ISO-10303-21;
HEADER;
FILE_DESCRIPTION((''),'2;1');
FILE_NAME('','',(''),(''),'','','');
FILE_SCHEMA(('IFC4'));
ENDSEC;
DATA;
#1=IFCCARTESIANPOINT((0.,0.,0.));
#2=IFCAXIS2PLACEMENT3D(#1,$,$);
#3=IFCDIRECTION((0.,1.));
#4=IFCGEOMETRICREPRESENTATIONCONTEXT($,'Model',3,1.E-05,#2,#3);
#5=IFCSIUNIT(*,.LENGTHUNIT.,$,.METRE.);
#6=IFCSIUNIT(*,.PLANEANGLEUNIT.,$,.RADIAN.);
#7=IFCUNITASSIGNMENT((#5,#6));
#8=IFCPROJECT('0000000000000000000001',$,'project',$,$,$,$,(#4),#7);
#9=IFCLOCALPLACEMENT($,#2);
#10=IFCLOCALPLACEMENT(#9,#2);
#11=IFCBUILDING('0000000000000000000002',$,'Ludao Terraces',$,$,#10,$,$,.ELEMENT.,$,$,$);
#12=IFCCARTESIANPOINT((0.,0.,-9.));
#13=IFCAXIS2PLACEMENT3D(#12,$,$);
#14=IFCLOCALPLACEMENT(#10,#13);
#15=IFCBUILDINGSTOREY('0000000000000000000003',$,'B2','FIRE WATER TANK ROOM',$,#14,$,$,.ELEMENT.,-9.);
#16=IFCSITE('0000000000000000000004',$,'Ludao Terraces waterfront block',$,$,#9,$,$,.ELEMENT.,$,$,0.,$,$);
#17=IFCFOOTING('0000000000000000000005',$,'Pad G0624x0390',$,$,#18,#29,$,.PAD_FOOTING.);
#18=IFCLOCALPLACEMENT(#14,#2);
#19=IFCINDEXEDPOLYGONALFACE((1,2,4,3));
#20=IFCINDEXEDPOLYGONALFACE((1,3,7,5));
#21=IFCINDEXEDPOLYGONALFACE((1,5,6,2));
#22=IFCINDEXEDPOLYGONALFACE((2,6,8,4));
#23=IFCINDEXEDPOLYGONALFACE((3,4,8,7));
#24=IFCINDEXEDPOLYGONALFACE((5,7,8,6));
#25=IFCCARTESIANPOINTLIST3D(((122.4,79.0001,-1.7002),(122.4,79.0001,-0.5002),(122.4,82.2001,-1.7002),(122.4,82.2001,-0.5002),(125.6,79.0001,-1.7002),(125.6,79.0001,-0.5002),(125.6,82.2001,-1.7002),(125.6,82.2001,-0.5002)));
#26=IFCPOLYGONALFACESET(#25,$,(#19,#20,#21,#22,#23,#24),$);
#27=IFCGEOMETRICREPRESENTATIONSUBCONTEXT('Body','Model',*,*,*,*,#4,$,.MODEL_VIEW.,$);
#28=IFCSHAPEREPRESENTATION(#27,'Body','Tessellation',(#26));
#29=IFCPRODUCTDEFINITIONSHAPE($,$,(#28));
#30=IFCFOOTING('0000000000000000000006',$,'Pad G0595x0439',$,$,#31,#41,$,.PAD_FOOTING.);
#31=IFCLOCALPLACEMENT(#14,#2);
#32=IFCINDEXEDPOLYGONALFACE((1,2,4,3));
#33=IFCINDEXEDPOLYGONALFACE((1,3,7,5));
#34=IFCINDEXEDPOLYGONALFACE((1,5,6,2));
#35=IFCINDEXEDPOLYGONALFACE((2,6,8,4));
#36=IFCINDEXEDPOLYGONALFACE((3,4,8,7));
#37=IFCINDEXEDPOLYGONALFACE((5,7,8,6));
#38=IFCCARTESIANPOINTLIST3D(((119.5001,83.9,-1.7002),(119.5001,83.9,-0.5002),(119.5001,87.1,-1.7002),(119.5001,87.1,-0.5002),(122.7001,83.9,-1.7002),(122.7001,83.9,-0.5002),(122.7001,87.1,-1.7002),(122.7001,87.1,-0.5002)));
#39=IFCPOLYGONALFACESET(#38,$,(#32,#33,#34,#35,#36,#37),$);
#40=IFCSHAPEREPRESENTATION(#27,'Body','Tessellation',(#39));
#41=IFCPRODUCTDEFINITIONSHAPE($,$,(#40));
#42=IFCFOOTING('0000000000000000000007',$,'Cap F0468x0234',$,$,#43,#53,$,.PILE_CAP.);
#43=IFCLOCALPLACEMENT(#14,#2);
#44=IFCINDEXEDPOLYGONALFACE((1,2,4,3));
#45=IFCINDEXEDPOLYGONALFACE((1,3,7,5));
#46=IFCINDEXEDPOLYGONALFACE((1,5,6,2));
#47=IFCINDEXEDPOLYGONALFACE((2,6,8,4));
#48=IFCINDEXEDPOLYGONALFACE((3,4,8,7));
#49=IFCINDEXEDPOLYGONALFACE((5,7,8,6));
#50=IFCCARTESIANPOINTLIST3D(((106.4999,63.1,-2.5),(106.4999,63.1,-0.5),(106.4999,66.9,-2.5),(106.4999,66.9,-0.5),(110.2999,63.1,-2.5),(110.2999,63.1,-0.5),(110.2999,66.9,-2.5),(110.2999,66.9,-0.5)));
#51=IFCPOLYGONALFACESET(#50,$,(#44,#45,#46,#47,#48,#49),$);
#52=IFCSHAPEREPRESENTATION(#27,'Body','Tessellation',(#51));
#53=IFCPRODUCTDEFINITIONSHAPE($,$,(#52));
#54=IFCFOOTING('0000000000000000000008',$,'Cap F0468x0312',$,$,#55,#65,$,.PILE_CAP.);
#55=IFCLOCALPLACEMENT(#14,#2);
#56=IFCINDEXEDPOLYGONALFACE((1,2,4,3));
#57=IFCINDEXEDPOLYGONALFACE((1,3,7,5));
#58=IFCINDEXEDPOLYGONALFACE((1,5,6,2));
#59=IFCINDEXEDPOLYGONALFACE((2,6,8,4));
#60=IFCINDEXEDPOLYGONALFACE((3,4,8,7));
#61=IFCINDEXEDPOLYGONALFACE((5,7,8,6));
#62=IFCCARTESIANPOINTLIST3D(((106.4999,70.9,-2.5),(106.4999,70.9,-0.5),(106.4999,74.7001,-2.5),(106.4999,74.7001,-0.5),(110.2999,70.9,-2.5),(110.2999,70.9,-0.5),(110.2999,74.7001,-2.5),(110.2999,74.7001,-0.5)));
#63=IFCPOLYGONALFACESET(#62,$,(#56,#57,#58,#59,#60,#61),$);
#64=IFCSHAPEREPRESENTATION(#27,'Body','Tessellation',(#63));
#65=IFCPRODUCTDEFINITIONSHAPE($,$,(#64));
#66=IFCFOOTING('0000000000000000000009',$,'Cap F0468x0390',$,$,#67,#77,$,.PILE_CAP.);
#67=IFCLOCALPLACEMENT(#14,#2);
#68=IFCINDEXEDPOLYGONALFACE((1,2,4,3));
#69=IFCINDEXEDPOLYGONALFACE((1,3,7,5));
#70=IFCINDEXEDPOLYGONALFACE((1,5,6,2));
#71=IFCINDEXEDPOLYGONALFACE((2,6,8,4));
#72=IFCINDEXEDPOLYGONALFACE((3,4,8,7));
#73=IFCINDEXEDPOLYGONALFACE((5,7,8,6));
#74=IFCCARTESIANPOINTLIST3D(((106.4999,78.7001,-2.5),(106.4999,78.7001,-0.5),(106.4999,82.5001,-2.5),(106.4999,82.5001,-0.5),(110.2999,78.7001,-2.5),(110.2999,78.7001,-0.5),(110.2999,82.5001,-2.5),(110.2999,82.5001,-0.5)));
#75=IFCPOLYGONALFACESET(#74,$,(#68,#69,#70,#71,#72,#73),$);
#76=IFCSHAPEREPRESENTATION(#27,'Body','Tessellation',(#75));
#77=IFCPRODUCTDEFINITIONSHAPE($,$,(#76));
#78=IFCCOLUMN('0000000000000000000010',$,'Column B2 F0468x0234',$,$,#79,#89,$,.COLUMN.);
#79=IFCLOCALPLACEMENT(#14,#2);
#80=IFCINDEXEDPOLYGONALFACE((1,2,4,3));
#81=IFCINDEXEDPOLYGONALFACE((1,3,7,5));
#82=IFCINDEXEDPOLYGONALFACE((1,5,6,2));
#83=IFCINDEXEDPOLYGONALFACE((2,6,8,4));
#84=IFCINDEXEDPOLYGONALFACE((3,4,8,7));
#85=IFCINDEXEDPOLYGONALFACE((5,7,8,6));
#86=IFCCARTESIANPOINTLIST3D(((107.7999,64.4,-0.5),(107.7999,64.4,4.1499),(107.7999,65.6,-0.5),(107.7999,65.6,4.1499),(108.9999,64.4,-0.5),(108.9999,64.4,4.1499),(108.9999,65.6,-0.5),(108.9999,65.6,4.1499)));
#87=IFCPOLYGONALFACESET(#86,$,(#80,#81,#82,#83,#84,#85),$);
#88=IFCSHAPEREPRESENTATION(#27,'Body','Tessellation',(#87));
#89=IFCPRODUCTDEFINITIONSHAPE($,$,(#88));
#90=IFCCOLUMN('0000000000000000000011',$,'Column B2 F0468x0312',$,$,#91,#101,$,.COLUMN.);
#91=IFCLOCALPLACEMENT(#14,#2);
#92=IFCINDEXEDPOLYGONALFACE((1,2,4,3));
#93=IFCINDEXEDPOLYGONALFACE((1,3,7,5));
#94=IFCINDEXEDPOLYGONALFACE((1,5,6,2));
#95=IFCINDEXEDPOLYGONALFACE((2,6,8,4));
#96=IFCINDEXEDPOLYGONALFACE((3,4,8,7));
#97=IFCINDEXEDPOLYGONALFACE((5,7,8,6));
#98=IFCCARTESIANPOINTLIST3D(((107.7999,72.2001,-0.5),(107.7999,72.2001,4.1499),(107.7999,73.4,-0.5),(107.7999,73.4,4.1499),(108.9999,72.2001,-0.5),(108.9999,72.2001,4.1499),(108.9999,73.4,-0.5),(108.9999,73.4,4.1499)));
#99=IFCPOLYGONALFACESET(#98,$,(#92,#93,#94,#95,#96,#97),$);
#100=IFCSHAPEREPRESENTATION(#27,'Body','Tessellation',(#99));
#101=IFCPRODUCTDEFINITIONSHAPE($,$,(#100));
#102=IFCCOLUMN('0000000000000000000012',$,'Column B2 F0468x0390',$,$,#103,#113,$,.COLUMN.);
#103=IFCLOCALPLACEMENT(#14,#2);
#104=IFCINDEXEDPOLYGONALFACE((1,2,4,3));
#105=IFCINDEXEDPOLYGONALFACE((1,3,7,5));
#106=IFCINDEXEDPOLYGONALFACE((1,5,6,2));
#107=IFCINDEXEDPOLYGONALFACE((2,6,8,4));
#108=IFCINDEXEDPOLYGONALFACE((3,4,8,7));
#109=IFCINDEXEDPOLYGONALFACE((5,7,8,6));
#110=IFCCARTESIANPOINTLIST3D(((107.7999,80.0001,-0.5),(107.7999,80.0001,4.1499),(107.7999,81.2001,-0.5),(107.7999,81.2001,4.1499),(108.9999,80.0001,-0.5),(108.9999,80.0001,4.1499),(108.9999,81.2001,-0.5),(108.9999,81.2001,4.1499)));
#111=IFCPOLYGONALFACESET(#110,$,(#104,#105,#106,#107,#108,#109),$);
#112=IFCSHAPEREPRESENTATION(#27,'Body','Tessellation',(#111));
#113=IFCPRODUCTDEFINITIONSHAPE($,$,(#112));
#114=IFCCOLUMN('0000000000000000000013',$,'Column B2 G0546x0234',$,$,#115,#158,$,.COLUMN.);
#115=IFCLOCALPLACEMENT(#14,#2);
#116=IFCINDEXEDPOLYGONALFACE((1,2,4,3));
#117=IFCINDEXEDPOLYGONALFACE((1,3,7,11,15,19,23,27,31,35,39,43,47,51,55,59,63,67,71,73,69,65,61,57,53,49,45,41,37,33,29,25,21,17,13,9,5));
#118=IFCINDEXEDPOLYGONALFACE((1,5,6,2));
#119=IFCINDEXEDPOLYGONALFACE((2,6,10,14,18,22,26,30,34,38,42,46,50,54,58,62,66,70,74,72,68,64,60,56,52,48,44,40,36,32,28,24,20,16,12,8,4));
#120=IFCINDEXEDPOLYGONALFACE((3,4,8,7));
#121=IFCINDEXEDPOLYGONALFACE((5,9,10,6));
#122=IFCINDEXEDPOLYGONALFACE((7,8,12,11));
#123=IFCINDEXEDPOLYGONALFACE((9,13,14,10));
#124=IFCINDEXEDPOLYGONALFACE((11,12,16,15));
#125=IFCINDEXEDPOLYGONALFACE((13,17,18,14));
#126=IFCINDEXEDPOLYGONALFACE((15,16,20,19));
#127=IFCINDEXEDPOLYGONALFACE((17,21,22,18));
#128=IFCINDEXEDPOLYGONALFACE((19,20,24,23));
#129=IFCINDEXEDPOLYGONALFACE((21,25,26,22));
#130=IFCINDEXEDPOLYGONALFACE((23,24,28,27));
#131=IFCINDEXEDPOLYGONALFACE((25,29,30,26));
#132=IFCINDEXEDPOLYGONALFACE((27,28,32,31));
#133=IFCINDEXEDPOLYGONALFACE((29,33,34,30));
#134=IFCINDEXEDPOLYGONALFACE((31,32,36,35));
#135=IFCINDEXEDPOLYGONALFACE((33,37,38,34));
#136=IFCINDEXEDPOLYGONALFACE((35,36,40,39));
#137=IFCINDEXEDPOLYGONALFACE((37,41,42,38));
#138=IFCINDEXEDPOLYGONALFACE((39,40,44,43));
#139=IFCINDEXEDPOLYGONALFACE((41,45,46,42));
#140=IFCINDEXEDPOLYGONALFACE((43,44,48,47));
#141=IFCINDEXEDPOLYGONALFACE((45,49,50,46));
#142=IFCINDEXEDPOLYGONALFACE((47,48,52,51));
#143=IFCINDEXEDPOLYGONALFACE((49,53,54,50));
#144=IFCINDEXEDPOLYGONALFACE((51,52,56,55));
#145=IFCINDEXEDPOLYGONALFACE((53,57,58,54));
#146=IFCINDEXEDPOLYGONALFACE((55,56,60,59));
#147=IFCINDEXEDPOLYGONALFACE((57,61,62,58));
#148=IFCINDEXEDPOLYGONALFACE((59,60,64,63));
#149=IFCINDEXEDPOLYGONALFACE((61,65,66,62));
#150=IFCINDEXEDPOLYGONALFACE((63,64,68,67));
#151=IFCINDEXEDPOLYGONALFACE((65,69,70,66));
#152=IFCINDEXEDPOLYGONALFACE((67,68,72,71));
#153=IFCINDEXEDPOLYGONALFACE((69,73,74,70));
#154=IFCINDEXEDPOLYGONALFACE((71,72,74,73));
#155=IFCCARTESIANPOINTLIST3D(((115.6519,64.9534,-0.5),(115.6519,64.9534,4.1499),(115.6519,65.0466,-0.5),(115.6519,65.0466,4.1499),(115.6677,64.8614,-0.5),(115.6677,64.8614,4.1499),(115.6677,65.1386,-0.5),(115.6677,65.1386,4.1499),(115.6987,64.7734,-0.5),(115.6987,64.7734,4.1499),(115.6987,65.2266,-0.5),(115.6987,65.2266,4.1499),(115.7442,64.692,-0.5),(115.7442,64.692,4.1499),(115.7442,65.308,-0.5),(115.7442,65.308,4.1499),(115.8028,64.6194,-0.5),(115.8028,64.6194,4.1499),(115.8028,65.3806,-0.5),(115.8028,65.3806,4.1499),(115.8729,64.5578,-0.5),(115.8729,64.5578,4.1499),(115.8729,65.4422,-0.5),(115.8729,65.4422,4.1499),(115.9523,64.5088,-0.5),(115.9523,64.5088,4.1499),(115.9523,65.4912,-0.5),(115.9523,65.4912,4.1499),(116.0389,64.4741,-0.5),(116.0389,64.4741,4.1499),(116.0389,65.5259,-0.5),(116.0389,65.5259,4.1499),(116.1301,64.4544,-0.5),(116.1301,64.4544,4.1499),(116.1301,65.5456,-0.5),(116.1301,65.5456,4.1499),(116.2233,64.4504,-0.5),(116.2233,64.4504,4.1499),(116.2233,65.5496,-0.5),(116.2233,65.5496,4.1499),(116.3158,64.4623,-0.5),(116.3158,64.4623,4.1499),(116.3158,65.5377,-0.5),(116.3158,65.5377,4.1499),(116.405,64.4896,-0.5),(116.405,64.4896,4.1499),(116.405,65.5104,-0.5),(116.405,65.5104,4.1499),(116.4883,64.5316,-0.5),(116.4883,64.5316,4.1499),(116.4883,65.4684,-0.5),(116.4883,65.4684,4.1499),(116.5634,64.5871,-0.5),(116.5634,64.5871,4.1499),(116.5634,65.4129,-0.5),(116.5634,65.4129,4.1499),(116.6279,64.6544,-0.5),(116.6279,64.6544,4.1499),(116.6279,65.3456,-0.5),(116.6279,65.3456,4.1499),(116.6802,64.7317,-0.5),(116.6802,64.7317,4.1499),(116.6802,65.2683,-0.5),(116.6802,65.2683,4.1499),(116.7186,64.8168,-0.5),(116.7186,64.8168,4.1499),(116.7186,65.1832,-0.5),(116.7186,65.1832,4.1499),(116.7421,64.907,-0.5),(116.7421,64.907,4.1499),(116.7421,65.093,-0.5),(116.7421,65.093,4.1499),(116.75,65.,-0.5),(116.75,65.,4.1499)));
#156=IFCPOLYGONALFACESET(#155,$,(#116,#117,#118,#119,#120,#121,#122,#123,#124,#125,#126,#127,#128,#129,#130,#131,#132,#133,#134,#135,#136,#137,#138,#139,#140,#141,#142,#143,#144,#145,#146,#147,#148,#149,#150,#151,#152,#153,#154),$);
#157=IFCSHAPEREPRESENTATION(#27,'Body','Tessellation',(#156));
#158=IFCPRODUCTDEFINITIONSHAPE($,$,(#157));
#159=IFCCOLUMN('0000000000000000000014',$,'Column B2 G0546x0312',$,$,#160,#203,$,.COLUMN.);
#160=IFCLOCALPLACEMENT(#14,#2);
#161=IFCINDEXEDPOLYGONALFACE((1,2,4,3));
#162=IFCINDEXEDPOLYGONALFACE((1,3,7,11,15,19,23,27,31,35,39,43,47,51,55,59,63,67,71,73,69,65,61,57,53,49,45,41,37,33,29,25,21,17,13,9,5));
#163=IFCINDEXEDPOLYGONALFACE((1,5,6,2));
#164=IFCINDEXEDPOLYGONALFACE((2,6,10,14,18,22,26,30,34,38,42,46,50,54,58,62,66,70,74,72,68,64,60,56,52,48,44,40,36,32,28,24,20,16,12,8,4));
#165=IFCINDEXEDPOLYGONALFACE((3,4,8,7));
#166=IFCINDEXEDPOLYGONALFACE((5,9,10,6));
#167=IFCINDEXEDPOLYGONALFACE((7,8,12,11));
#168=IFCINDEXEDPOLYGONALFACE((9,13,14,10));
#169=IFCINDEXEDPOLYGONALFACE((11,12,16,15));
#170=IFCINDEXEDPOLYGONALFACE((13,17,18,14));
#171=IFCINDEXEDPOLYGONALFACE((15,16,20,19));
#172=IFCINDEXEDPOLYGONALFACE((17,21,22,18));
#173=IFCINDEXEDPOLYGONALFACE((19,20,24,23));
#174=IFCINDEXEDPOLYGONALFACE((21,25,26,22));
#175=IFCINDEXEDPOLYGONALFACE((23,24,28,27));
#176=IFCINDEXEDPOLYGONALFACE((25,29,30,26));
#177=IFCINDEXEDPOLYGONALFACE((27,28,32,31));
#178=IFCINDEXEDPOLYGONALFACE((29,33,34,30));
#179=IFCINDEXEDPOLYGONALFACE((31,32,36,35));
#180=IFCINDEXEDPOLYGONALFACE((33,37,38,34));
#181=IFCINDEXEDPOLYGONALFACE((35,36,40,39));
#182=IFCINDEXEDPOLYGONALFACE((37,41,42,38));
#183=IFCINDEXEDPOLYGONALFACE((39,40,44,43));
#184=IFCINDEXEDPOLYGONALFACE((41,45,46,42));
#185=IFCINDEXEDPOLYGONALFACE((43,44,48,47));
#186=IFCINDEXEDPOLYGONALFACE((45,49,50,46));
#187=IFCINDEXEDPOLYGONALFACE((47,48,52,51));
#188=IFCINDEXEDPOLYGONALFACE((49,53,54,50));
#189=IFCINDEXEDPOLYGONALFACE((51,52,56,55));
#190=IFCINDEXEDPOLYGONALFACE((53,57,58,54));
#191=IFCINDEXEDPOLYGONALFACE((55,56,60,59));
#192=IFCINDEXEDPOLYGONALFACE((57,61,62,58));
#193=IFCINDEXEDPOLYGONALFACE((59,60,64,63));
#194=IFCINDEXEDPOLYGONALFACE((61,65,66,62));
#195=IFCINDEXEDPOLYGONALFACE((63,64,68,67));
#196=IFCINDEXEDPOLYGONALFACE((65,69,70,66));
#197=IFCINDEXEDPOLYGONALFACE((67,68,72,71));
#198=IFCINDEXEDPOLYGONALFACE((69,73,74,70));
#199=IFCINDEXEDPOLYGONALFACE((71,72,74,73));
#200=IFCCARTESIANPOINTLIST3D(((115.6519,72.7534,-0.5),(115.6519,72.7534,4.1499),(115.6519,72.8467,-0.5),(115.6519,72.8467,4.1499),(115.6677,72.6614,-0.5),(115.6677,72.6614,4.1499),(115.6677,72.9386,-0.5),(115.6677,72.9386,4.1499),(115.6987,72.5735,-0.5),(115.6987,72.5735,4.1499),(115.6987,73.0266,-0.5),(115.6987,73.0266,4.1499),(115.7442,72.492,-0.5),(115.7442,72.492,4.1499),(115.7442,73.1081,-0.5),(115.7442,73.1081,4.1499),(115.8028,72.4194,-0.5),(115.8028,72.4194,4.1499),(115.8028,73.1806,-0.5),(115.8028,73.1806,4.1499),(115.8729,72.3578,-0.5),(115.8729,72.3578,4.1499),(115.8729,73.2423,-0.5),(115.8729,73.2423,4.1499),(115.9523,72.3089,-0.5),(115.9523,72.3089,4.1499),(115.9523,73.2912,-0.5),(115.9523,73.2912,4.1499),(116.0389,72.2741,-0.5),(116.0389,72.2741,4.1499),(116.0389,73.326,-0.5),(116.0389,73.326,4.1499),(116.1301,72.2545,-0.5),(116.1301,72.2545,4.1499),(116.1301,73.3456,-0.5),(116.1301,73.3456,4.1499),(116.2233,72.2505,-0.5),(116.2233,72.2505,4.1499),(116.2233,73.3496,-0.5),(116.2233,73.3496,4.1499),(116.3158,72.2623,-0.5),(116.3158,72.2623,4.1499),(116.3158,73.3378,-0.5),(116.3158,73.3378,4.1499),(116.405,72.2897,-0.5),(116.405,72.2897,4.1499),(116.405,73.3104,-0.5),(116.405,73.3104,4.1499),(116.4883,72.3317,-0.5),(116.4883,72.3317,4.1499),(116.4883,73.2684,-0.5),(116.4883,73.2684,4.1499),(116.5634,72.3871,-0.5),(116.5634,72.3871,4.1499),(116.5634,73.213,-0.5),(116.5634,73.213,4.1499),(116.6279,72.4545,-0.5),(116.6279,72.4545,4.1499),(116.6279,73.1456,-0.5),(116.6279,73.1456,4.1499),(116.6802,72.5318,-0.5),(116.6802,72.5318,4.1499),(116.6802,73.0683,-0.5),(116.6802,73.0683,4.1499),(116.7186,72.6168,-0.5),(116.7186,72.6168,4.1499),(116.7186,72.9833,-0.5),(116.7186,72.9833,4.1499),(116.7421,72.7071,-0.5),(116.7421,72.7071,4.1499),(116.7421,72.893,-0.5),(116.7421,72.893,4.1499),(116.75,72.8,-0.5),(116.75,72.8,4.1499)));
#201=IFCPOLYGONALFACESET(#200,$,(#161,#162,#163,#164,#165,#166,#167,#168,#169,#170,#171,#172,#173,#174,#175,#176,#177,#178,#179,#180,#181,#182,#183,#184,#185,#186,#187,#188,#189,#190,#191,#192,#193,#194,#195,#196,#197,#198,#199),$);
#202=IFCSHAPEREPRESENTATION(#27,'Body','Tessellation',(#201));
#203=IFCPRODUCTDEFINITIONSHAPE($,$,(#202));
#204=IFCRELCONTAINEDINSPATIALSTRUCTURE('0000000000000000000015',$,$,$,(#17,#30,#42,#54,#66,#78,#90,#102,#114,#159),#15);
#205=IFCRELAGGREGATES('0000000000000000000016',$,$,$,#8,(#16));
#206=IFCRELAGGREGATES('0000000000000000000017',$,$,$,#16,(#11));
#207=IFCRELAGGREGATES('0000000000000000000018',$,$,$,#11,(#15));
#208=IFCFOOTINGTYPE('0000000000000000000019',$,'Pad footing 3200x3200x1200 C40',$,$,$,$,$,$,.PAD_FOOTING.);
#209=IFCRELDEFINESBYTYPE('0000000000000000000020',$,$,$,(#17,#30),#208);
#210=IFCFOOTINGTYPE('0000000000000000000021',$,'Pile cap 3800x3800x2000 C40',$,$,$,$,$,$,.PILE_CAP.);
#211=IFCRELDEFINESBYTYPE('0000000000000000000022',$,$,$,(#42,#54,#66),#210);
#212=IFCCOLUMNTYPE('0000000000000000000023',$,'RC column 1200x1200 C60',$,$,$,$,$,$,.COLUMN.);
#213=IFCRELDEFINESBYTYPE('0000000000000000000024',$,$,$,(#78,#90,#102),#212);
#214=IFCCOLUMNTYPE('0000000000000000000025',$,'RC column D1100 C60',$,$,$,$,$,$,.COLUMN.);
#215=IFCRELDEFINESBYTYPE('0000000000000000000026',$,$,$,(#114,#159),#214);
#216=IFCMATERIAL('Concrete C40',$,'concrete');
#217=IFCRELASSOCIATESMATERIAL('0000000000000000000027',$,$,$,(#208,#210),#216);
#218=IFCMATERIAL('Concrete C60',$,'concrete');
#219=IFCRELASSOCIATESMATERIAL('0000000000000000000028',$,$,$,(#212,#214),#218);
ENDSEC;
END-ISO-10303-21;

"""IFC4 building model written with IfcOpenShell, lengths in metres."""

from ifc_helpers import new_model, si_unit, direction, frame, origin, origin_2d, place, context, subcontext, project, spatial, rectangle, circle, extrude, material, material_profile, profile_set, type_object, element, save


model = new_model("IFC4")

# Units and contexts
model_context = context("Model", 3, precision=1e-05, world=origin(), true_north=direction((0.0, 1.0)))
body_context = subcontext(model_context, "Body", "Model", "MODEL_VIEW")
ifc_project = project(units=[si_unit("LENGTHUNIT", "METRE"), si_unit("PLANEANGLEUNIT", "RADIAN")], contexts=[model_context])

# Site, building, storey
site_placement = place(None, origin())
site = spatial("IfcSite", under=ifc_project, at=site_placement, Name="Ludao Terraces waterfront block", CompositionType="ELEMENT", RefElevation=0.0)
building_placement = place(site_placement, origin())
building = spatial("IfcBuilding", under=site, at=building_placement, Name="Ludao Terraces", CompositionType="ELEMENT")
storey_placement = place(building_placement, frame((0.0, 0.0, -9.0)))
storey = spatial("IfcBuildingStorey", under=building, at=storey_placement, Name="B2", Description="FIRE WATER TANK ROOM", CompositionType="ELEMENT", Elevation=-9.0)

# Shared definitions
ifc_material_1 = material(Name="Concrete C40", Category="concrete")

# Footings
footing_type_1 = type_object("IfcFootingType", Name="Pad footing 3200x3200x1200 C40", PredefinedType="PAD_FOOTING", material=ifc_material_1)
for number, where, z_axis, x_axis, name in (
    (1, (124.0, 80.6001, -1.7002), (0.0, 0.0, 1.0), (1.0, 0.0, 0.0), "Pad G0624x0390"),
    (2, (121.1001, 85.5, -1.7002), (0.0, 0.0, 1.0), (1.0, 0.0, 0.0), "Pad G0595x0439"),
):
    element("IfcFooting", number, at=place(storey_placement, frame(where, z_axis=z_axis, x_axis=x_axis)), inside=storey, type_object=footing_type_1, Name=name, PredefinedType="PAD_FOOTING", context=body_context, shape_type="SweptSolid", body=[
        extrude(rectangle(XDim=3.2, YDim=3.2, at=origin_2d()), origin(), (0.0, 0.0, 1.0), 1.2),
    ])
footing_type_2 = type_object("IfcFootingType", Name="Pile cap 3800x3800x2000 C40", PredefinedType="PILE_CAP", material=ifc_material_1)
for number, where, z_axis, x_axis, name in (
    (3, (108.3999, 65.0, -2.5), (0.0, 0.0, 1.0), (1.0, 0.0, 0.0), "Cap F0468x0234"),
    (4, (108.3999, 72.8, -2.5), (0.0, 0.0, 1.0), (1.0, 0.0, 0.0), "Cap F0468x0312"),
    (5, (108.3999, 80.6001, -2.5), (0.0, 0.0, 1.0), (1.0, 0.0, 0.0), "Cap F0468x0390"),
):
    element("IfcFooting", number, at=place(storey_placement, frame(where, z_axis=z_axis, x_axis=x_axis)), inside=storey, type_object=footing_type_2, Name=name, PredefinedType="PILE_CAP", context=body_context, shape_type="SweptSolid", body=[
        extrude(rectangle(XDim=3.8, YDim=3.8, at=origin_2d()), origin(), (0.0, 0.0, 1.0), 2.0),
    ])

# Columns
ifc_material_2 = material(Name="Concrete C60", Category="concrete")
ifc_material_profile_1 = material_profile(ifc_material_2, rectangle(XDim=1.2, YDim=1.2, at=origin_2d()), Name="1200 X 1200")
ifc_profile_set_1 = profile_set([ifc_material_profile_1], Name="Concrete C60")
column_type_1 = type_object("IfcColumnType", Name="RC column 1200x1200 C60", PredefinedType="COLUMN", material=ifc_profile_set_1)
for number, where, z_axis, x_axis, name in (
    (6, (108.3999, 65.0, -0.5), (0.0, 0.0, 1.0), (1.0, 0.0, 0.0), "Column B2 F0468x0234"),
    (7, (108.3999, 72.8, -0.5), (0.0, 0.0, 1.0), (1.0, 0.0, 0.0), "Column B2 F0468x0312"),
    (8, (108.3999, 80.6001, -0.5), (0.0, 0.0, 1.0), (1.0, 0.0, 0.0), "Column B2 F0468x0390"),
):
    element("IfcColumn", number, at=place(storey_placement, frame(where, z_axis=z_axis, x_axis=x_axis)), inside=storey, type_object=column_type_1, Name=name, PredefinedType="COLUMN", context=body_context, shape_type="SweptSolid", body=[
        extrude(rectangle(XDim=1.2, YDim=1.2, at=origin_2d()), origin(), (0.0, 0.0, 1.0), 4.6499),
    ])
ifc_material_profile_2 = material_profile(ifc_material_2, circle(Radius=0.55, at=origin_2d()), Name="D1100")
ifc_profile_set_2 = profile_set([ifc_material_profile_2], Name="Concrete C60")
column_type_2 = type_object("IfcColumnType", Name="RC column D1100 C60", PredefinedType="COLUMN", material=ifc_profile_set_2)
for number, where, z_axis, x_axis, name in (
    (9, (116.2, 65.0, -0.5), (0.0, 0.0, 1.0), (1.0, 0.0, 0.0), "Column B2 G0546x0234"),
    (10, (116.2, 72.8, -0.5), (0.0, 0.0, 1.0), (1.0, 0.0, 0.0), "Column B2 G0546x0312"),
):
    element("IfcColumn", number, at=place(storey_placement, frame(where, z_axis=z_axis, x_axis=x_axis)), inside=storey, type_object=column_type_2, Name=name, PredefinedType="COLUMN", context=body_context, shape_type="SweptSolid", body=[
        extrude(circle(Radius=0.55, at=origin_2d()), origin(), (0.0, 0.0, 1.0), 4.6499),
    ])

save(model, "model.ifc")
